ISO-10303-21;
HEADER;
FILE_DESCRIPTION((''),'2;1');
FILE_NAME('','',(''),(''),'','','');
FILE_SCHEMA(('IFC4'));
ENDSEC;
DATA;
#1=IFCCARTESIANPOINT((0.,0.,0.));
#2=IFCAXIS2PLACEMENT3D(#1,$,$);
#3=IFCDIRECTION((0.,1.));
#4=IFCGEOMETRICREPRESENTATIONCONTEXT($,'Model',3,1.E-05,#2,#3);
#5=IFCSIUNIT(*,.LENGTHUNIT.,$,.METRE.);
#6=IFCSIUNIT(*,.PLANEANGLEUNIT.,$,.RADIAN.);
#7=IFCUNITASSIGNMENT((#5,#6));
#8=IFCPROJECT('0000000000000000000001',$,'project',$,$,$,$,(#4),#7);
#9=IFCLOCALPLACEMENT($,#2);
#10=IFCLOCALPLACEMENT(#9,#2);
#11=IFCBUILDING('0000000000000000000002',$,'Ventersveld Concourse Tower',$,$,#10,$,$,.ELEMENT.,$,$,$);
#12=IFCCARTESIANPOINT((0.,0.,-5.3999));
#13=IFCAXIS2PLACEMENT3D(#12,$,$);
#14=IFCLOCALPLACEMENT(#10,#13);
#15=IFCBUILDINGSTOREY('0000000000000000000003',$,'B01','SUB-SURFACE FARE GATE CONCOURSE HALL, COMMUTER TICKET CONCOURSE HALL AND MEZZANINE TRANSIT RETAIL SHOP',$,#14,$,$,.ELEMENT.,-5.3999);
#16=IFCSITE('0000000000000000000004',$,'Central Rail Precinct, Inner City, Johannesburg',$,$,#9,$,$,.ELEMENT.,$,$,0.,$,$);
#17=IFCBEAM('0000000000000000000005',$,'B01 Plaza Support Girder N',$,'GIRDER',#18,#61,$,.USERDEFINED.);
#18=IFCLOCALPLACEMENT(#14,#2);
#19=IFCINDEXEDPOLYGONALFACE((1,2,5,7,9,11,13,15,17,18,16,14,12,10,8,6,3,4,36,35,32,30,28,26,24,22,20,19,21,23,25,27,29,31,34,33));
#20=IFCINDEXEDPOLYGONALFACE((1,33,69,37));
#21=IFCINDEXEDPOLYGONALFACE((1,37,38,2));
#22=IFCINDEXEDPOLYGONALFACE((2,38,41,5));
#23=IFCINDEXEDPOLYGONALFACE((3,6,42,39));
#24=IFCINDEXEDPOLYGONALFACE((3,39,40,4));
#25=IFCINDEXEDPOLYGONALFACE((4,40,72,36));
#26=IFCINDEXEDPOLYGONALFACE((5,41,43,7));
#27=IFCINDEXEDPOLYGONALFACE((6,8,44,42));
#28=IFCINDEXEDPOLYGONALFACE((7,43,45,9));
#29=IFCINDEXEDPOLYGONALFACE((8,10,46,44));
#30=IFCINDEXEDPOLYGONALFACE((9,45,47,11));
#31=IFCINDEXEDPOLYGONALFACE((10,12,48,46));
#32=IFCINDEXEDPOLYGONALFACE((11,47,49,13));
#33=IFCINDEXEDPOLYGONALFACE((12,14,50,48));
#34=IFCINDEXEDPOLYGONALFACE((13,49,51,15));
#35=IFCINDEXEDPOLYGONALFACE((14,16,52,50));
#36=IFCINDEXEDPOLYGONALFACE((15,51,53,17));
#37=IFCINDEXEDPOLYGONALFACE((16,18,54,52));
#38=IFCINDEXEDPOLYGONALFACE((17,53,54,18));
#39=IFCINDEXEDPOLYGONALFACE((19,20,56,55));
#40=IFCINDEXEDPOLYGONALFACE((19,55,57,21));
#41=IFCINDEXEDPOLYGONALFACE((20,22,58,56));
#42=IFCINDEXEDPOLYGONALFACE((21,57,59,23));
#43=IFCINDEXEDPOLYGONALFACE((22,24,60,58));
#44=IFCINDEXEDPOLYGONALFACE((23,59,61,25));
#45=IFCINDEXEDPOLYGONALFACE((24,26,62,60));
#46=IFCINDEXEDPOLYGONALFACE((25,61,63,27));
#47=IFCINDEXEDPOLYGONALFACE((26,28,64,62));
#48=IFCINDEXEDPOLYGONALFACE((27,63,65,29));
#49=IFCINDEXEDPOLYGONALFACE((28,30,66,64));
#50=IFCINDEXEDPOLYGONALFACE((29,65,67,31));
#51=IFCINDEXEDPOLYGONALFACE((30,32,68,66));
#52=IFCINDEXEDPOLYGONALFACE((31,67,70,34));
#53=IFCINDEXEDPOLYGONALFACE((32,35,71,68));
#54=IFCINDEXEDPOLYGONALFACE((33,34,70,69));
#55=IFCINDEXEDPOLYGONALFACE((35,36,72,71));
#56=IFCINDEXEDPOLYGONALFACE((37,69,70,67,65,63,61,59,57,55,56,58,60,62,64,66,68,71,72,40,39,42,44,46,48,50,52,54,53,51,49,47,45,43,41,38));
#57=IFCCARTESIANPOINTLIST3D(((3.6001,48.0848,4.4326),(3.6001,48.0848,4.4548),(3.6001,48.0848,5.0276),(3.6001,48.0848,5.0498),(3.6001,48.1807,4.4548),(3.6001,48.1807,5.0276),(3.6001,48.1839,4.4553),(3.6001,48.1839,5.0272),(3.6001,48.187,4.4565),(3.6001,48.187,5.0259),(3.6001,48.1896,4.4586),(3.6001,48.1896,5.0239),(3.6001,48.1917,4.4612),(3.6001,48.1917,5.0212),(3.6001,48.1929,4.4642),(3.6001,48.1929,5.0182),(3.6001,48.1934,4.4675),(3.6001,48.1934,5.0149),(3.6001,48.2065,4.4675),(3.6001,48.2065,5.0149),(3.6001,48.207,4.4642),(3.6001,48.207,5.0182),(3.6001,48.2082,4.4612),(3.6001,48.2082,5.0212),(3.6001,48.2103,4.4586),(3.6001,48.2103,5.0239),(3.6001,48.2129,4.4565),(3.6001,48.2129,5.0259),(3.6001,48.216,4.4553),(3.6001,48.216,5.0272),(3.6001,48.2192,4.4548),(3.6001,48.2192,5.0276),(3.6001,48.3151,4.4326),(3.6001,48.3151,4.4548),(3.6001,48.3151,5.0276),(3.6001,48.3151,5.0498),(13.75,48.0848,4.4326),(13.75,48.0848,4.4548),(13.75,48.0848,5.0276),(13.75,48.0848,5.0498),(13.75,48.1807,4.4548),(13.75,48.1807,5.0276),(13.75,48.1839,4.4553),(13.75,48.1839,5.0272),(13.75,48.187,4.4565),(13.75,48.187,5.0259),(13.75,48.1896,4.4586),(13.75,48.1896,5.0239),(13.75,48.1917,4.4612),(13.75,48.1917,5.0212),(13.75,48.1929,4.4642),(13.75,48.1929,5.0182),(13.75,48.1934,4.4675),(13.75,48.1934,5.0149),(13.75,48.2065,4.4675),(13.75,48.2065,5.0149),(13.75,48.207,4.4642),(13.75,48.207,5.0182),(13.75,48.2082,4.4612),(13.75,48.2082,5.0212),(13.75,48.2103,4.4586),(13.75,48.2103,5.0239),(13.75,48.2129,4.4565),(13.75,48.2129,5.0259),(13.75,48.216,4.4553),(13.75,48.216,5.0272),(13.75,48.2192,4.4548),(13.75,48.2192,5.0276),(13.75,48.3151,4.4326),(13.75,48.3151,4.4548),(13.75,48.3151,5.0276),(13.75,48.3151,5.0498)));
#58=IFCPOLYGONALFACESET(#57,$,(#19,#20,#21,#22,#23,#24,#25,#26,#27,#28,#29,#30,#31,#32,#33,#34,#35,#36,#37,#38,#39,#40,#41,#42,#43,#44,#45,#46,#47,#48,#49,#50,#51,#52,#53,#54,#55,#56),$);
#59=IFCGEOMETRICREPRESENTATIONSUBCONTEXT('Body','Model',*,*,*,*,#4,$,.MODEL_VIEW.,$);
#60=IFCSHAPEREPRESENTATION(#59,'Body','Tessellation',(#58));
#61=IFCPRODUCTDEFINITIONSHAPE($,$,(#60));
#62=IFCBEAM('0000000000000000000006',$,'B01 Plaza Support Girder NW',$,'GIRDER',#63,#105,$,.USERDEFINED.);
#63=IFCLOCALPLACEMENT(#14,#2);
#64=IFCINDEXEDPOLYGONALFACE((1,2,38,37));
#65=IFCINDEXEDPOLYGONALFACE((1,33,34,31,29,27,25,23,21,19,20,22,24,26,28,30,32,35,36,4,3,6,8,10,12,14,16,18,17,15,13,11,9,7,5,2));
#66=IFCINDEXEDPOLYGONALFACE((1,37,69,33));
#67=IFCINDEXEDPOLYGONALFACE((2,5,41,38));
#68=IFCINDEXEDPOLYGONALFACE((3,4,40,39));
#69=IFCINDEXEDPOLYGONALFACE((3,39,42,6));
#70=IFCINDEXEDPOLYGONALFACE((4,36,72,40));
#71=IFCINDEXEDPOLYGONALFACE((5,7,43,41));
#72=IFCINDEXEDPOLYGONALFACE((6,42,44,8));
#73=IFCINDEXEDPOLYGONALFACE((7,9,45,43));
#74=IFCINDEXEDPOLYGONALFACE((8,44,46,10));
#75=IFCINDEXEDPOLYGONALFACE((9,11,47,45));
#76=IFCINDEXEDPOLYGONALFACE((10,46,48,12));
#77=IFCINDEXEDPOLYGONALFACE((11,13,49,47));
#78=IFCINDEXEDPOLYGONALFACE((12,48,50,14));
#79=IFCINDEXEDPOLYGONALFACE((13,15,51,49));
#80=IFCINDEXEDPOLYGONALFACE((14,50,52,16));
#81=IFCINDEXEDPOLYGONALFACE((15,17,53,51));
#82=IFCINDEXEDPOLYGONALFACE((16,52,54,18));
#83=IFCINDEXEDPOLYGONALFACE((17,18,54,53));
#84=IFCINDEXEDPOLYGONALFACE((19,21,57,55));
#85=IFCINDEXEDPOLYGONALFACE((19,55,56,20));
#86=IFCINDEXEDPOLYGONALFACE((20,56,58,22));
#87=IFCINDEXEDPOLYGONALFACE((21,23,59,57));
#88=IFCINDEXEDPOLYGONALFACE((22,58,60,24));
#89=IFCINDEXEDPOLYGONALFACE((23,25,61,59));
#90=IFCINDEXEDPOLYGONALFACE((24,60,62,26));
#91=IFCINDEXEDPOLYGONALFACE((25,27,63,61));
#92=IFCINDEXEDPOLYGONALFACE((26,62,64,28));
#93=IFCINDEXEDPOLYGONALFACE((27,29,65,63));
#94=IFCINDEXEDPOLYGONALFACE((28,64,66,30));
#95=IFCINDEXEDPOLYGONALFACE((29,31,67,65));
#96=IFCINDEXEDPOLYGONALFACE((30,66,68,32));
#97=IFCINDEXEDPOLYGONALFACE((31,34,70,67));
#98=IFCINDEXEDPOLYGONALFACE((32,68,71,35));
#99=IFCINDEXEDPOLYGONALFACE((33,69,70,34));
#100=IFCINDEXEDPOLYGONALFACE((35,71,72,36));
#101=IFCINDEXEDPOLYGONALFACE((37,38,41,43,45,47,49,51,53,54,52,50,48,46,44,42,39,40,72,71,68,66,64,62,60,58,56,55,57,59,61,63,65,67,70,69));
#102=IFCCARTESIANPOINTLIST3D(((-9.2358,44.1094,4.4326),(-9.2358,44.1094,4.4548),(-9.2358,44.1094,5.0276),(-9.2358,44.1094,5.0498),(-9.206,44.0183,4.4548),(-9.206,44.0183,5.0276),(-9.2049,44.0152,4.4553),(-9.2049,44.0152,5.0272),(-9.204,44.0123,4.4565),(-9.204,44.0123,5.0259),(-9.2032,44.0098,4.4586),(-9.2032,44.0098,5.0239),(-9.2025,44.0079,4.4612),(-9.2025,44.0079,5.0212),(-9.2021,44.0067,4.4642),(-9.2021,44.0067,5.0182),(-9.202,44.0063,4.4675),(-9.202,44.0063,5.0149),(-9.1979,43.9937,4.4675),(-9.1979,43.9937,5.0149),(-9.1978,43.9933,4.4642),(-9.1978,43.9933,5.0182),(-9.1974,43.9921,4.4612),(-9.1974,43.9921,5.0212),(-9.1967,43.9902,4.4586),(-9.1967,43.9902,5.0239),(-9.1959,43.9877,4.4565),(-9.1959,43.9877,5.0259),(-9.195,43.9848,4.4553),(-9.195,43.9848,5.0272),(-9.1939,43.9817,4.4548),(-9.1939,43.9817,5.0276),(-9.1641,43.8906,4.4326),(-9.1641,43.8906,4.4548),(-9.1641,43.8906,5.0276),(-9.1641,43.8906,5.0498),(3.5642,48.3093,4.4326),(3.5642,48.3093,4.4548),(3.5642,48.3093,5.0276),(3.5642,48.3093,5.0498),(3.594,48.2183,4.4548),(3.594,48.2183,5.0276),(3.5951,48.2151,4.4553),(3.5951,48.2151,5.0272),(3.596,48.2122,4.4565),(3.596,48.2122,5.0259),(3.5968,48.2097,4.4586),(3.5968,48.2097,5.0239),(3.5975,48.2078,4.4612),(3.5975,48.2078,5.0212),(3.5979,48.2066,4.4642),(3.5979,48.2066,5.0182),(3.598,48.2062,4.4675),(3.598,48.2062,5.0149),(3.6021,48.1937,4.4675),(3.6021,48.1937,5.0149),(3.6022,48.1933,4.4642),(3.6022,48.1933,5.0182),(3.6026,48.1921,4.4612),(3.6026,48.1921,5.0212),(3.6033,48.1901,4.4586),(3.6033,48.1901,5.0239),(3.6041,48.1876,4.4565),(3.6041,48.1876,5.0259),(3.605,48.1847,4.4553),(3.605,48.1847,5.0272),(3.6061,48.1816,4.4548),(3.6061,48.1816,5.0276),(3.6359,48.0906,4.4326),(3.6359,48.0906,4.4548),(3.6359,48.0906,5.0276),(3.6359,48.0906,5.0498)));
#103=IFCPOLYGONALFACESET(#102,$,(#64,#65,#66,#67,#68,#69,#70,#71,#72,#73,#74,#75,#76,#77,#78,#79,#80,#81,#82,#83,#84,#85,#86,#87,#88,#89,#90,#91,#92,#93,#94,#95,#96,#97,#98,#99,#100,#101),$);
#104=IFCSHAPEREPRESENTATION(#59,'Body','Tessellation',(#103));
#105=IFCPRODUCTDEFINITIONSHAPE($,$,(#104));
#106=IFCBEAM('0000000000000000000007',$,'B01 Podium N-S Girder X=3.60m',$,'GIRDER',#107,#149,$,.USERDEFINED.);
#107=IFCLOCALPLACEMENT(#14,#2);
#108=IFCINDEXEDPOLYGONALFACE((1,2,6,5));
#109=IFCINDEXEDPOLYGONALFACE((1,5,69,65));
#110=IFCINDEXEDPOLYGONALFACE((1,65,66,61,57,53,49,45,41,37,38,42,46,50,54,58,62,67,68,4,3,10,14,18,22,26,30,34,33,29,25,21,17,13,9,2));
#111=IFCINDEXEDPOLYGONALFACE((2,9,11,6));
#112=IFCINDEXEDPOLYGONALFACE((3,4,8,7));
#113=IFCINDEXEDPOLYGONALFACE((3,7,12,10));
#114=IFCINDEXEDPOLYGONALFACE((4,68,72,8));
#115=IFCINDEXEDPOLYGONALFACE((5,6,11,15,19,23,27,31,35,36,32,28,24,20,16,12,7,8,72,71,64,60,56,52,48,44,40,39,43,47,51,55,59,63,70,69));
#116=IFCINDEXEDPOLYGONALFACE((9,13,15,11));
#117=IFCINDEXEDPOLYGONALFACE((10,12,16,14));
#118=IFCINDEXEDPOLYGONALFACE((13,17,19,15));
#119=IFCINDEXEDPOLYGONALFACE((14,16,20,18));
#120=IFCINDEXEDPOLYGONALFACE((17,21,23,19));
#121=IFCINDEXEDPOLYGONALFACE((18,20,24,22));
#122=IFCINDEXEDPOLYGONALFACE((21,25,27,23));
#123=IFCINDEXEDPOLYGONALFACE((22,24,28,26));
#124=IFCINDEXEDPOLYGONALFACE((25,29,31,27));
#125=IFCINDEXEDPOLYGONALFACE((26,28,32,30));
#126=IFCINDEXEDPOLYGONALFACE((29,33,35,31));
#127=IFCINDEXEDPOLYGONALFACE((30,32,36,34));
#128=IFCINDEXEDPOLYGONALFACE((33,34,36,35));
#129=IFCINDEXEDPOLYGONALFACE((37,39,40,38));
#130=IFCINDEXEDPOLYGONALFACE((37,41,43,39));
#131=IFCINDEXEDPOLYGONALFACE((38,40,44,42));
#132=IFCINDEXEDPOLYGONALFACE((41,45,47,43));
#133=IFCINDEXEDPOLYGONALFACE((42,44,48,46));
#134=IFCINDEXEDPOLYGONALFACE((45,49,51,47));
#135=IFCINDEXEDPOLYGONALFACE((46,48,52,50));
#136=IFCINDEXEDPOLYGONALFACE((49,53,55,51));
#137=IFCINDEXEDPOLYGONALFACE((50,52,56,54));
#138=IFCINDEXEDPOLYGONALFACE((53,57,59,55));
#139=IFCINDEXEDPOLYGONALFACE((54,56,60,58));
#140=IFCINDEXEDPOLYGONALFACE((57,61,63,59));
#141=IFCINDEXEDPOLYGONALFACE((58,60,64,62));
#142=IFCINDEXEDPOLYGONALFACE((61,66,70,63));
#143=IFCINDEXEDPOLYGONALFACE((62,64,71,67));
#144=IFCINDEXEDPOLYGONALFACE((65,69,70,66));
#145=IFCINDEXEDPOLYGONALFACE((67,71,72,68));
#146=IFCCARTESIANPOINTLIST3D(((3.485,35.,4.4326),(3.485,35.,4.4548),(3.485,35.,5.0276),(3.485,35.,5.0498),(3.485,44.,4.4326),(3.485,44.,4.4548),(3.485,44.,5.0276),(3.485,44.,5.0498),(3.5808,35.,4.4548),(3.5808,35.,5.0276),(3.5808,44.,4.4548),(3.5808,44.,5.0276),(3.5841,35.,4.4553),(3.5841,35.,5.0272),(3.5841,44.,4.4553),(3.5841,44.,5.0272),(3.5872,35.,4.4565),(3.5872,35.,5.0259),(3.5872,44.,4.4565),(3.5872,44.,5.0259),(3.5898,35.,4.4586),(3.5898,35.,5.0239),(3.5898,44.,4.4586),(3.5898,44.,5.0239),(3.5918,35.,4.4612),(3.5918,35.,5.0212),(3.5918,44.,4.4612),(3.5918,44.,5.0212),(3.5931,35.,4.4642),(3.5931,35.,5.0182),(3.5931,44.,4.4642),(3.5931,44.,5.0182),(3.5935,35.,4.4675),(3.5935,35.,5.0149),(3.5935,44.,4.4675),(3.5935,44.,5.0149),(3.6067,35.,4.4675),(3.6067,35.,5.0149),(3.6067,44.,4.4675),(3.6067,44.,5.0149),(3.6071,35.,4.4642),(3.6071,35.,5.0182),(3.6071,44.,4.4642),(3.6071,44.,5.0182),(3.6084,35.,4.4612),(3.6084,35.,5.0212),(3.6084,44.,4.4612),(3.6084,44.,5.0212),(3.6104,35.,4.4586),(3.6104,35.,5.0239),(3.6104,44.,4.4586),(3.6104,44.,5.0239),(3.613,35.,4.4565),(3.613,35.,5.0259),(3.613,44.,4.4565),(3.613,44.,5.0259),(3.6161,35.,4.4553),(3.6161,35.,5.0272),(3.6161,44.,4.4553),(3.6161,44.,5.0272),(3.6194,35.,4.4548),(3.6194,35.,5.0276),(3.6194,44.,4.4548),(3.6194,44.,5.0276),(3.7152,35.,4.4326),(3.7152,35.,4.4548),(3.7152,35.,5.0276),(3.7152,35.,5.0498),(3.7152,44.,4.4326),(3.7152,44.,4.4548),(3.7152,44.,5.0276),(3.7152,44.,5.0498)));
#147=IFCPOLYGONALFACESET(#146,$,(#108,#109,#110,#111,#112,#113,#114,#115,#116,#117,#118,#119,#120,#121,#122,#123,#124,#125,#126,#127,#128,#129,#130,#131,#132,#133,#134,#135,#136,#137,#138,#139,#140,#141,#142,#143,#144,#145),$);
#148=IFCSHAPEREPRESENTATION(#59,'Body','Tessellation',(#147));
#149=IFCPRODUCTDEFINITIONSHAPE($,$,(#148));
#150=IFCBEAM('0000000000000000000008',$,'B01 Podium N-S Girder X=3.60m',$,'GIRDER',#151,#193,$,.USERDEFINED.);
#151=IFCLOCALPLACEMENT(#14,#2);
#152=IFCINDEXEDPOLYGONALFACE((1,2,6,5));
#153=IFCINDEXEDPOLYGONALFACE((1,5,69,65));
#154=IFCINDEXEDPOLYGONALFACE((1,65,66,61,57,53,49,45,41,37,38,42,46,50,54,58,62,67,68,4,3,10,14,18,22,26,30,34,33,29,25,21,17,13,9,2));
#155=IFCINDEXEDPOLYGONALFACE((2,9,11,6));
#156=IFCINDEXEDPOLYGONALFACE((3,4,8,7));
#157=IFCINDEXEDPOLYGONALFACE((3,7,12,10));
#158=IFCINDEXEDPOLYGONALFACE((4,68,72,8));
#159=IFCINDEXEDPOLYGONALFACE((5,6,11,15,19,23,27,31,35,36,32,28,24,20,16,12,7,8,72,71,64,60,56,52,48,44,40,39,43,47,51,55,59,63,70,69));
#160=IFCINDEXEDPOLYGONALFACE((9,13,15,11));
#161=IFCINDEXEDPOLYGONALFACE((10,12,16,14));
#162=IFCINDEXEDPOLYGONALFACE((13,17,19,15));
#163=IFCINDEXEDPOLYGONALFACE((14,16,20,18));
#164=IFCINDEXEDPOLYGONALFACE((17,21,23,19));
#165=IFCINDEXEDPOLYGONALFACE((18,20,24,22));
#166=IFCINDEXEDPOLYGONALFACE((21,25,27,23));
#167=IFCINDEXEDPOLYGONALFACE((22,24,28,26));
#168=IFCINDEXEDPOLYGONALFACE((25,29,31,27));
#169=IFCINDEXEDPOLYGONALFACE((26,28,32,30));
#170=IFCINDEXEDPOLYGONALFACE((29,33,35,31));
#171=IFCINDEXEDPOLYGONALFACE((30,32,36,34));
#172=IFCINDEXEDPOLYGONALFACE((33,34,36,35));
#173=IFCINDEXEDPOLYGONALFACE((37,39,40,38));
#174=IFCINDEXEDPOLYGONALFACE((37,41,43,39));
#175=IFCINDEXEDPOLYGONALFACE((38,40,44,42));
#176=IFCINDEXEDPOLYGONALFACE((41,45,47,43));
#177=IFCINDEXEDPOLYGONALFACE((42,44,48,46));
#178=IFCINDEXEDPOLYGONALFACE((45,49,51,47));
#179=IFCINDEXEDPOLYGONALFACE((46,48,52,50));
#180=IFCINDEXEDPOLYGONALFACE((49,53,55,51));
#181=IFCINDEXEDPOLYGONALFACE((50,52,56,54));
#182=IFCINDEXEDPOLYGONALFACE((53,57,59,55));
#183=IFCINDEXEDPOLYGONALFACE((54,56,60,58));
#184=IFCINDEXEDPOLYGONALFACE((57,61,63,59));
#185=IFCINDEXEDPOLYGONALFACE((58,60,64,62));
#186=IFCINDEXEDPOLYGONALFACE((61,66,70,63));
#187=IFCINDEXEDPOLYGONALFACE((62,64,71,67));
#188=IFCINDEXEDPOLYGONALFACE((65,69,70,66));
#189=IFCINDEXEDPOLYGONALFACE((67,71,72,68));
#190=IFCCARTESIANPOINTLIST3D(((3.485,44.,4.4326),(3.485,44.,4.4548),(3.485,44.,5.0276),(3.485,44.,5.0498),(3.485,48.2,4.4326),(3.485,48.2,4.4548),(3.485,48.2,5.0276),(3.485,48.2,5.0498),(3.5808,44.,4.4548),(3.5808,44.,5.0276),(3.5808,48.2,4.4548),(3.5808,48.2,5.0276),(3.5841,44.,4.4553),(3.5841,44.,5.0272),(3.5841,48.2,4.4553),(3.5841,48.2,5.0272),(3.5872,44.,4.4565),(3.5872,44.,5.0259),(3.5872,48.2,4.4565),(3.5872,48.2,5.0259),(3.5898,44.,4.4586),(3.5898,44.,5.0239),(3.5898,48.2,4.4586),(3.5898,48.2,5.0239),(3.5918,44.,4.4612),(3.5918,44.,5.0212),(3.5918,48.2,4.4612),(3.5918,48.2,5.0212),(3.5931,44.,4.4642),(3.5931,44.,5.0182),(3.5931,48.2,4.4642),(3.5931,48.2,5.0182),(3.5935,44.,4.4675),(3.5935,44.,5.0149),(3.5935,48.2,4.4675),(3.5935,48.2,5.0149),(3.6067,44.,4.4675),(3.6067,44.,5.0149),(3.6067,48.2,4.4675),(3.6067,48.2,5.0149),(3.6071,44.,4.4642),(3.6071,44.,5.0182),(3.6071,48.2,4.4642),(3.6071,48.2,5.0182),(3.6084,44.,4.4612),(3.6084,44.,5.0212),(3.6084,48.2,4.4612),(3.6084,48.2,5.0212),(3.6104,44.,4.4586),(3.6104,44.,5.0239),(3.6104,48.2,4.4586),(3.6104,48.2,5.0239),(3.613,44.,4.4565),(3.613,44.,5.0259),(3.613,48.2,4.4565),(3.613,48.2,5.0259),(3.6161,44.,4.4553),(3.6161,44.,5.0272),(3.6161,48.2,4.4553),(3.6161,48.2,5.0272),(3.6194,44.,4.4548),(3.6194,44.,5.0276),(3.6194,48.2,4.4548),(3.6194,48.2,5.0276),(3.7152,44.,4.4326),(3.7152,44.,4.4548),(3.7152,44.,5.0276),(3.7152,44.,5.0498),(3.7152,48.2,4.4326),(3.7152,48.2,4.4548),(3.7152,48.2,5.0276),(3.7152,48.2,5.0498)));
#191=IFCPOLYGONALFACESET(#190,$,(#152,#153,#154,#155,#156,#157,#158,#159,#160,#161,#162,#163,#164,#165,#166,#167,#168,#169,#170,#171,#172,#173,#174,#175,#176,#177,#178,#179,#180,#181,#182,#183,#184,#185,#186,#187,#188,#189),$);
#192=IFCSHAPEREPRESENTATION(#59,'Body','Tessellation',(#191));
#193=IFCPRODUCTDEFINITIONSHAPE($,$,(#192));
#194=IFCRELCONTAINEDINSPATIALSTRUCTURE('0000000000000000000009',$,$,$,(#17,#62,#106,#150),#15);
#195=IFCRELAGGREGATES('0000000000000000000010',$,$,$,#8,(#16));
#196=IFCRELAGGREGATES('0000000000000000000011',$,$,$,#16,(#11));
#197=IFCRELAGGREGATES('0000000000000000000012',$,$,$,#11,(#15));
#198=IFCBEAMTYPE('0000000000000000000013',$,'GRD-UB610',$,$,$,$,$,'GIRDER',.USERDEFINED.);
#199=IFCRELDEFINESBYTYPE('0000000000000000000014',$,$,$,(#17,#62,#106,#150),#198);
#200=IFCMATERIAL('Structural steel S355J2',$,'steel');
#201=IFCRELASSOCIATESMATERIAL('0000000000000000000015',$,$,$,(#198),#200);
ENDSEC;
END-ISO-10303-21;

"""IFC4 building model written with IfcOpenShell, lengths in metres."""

from ifc_helpers import new_model, si_unit, direction, frame, origin, origin_2d, place, context, subcontext, project, spatial, i_section, extrude, material, material_profile, profile_set, type_object, element, save


model = new_model("IFC4")

# Units and contexts
model_context = context("Model", 3, precision=1e-05, world=origin(), true_north=direction((0.0, 1.0)))
body_context = subcontext(model_context, "Body", "Model", "MODEL_VIEW")
ifc_project = project(units=[si_unit("LENGTHUNIT", "METRE"), si_unit("PLANEANGLEUNIT", "RADIAN")], contexts=[model_context])

# Site, building, storey
site_placement = place(None, origin())
site = spatial("IfcSite", under=ifc_project, at=site_placement, Name="Central Rail Precinct, Inner City, Johannesburg", CompositionType="ELEMENT", RefElevation=0.0)
building_placement = place(site_placement, origin())
building = spatial("IfcBuilding", under=site, at=building_placement, Name="Ventersveld Concourse Tower", CompositionType="ELEMENT")
storey_placement = place(building_placement, frame((0.0, 0.0, -5.3999)))
storey = spatial("IfcBuildingStorey", under=building, at=storey_placement, Name="B01", Description="SUB-SURFACE FARE GATE CONCOURSE HALL, COMMUTER TICKET CONCOURSE HALL AND MEZZANINE TRANSIT RETAIL SHOP", CompositionType="ELEMENT", Elevation=-5.3999)

# Beams
ifc_material_1 = material(Name="Structural steel S355J2", Category="steel")
ifc_material_profile_1 = material_profile(ifc_material_1, i_section(OverallWidth=0.2302, OverallDepth=0.6172, WebThickness=0.0132, FlangeThickness=0.0222, FilletRadius=0.0127, at=origin_2d()), Name="UB 610x229x140")
ifc_profile_set_1 = profile_set([ifc_material_profile_1], Name="Structural steel S355J2")
beam_type_1 = type_object("IfcBeamType", Name="GRD-UB610", ElementType="GIRDER", PredefinedType="USERDEFINED", material=ifc_profile_set_1)
beam_1_placement = place(storey_placement, frame((3.6001, 48.2, 4.7412), z_axis=(1.0, 0.0, 0.0), x_axis=(0.0, 1.0, 0.0)))
element("IfcBeam", 1, at=beam_1_placement, inside=storey, type_object=beam_type_1, Name="B01 Plaza Support Girder N", ObjectType="GIRDER", PredefinedType="USERDEFINED", context=body_context, shape_type="SweptSolid", body=[
    extrude(i_section(OverallWidth=0.2302, OverallDepth=0.6172, WebThickness=0.0132, FlangeThickness=0.0222, FilletRadius=0.0127, at=origin_2d()), origin(), (0.0, 0.0, 1.0), 10.1499),
])
beam_2_placement = place(storey_placement, frame((-9.2, 44.0, 4.7412), z_axis=(0.950159, 0.311766, 0.0), x_axis=(-0.311766, 0.950159, 0.0)))
element("IfcBeam", 2, at=beam_2_placement, inside=storey, type_object=beam_type_1, Name="B01 Plaza Support Girder NW", ObjectType="GIRDER", PredefinedType="USERDEFINED", context=body_context, shape_type="SweptSolid", body=[
    extrude(i_section(OverallWidth=0.2302, OverallDepth=0.6172, WebThickness=0.0132, FlangeThickness=0.0222, FilletRadius=0.0127, at=origin_2d()), origin(), (0.0, 0.0, 1.0), 13.4714),
])
beam_3_placement = place(storey_placement, frame((3.6001, 35.0, 4.7412), z_axis=(0.0, 1.0, 0.0), x_axis=(-1.0, 0.0, 0.0)))
element("IfcBeam", 3, at=beam_3_placement, inside=storey, type_object=beam_type_1, Name="B01 Podium N-S Girder X=3.60m", ObjectType="GIRDER", PredefinedType="USERDEFINED", context=body_context, shape_type="SweptSolid", body=[
    extrude(i_section(OverallWidth=0.2302, OverallDepth=0.6172, WebThickness=0.0132, FlangeThickness=0.0222, FilletRadius=0.0127, at=origin_2d()), origin(), (0.0, 0.0, 1.0), 9.0),
])
beam_4_placement = place(storey_placement, frame((3.6001, 44.0, 4.7412), z_axis=(0.0, 1.0, 0.0), x_axis=(-1.0, 0.0, 0.0)))
element("IfcBeam", 4, at=beam_4_placement, inside=storey, type_object=beam_type_1, Name="B01 Podium N-S Girder X=3.60m", ObjectType="GIRDER", PredefinedType="USERDEFINED", context=body_context, shape_type="SweptSolid", body=[
    extrude(i_section(OverallWidth=0.2302, OverallDepth=0.6172, WebThickness=0.0132, FlangeThickness=0.0222, FilletRadius=0.0127, at=origin_2d()), origin(), (0.0, 0.0, 1.0), 4.2),
])

save(model, "model.ifc")
